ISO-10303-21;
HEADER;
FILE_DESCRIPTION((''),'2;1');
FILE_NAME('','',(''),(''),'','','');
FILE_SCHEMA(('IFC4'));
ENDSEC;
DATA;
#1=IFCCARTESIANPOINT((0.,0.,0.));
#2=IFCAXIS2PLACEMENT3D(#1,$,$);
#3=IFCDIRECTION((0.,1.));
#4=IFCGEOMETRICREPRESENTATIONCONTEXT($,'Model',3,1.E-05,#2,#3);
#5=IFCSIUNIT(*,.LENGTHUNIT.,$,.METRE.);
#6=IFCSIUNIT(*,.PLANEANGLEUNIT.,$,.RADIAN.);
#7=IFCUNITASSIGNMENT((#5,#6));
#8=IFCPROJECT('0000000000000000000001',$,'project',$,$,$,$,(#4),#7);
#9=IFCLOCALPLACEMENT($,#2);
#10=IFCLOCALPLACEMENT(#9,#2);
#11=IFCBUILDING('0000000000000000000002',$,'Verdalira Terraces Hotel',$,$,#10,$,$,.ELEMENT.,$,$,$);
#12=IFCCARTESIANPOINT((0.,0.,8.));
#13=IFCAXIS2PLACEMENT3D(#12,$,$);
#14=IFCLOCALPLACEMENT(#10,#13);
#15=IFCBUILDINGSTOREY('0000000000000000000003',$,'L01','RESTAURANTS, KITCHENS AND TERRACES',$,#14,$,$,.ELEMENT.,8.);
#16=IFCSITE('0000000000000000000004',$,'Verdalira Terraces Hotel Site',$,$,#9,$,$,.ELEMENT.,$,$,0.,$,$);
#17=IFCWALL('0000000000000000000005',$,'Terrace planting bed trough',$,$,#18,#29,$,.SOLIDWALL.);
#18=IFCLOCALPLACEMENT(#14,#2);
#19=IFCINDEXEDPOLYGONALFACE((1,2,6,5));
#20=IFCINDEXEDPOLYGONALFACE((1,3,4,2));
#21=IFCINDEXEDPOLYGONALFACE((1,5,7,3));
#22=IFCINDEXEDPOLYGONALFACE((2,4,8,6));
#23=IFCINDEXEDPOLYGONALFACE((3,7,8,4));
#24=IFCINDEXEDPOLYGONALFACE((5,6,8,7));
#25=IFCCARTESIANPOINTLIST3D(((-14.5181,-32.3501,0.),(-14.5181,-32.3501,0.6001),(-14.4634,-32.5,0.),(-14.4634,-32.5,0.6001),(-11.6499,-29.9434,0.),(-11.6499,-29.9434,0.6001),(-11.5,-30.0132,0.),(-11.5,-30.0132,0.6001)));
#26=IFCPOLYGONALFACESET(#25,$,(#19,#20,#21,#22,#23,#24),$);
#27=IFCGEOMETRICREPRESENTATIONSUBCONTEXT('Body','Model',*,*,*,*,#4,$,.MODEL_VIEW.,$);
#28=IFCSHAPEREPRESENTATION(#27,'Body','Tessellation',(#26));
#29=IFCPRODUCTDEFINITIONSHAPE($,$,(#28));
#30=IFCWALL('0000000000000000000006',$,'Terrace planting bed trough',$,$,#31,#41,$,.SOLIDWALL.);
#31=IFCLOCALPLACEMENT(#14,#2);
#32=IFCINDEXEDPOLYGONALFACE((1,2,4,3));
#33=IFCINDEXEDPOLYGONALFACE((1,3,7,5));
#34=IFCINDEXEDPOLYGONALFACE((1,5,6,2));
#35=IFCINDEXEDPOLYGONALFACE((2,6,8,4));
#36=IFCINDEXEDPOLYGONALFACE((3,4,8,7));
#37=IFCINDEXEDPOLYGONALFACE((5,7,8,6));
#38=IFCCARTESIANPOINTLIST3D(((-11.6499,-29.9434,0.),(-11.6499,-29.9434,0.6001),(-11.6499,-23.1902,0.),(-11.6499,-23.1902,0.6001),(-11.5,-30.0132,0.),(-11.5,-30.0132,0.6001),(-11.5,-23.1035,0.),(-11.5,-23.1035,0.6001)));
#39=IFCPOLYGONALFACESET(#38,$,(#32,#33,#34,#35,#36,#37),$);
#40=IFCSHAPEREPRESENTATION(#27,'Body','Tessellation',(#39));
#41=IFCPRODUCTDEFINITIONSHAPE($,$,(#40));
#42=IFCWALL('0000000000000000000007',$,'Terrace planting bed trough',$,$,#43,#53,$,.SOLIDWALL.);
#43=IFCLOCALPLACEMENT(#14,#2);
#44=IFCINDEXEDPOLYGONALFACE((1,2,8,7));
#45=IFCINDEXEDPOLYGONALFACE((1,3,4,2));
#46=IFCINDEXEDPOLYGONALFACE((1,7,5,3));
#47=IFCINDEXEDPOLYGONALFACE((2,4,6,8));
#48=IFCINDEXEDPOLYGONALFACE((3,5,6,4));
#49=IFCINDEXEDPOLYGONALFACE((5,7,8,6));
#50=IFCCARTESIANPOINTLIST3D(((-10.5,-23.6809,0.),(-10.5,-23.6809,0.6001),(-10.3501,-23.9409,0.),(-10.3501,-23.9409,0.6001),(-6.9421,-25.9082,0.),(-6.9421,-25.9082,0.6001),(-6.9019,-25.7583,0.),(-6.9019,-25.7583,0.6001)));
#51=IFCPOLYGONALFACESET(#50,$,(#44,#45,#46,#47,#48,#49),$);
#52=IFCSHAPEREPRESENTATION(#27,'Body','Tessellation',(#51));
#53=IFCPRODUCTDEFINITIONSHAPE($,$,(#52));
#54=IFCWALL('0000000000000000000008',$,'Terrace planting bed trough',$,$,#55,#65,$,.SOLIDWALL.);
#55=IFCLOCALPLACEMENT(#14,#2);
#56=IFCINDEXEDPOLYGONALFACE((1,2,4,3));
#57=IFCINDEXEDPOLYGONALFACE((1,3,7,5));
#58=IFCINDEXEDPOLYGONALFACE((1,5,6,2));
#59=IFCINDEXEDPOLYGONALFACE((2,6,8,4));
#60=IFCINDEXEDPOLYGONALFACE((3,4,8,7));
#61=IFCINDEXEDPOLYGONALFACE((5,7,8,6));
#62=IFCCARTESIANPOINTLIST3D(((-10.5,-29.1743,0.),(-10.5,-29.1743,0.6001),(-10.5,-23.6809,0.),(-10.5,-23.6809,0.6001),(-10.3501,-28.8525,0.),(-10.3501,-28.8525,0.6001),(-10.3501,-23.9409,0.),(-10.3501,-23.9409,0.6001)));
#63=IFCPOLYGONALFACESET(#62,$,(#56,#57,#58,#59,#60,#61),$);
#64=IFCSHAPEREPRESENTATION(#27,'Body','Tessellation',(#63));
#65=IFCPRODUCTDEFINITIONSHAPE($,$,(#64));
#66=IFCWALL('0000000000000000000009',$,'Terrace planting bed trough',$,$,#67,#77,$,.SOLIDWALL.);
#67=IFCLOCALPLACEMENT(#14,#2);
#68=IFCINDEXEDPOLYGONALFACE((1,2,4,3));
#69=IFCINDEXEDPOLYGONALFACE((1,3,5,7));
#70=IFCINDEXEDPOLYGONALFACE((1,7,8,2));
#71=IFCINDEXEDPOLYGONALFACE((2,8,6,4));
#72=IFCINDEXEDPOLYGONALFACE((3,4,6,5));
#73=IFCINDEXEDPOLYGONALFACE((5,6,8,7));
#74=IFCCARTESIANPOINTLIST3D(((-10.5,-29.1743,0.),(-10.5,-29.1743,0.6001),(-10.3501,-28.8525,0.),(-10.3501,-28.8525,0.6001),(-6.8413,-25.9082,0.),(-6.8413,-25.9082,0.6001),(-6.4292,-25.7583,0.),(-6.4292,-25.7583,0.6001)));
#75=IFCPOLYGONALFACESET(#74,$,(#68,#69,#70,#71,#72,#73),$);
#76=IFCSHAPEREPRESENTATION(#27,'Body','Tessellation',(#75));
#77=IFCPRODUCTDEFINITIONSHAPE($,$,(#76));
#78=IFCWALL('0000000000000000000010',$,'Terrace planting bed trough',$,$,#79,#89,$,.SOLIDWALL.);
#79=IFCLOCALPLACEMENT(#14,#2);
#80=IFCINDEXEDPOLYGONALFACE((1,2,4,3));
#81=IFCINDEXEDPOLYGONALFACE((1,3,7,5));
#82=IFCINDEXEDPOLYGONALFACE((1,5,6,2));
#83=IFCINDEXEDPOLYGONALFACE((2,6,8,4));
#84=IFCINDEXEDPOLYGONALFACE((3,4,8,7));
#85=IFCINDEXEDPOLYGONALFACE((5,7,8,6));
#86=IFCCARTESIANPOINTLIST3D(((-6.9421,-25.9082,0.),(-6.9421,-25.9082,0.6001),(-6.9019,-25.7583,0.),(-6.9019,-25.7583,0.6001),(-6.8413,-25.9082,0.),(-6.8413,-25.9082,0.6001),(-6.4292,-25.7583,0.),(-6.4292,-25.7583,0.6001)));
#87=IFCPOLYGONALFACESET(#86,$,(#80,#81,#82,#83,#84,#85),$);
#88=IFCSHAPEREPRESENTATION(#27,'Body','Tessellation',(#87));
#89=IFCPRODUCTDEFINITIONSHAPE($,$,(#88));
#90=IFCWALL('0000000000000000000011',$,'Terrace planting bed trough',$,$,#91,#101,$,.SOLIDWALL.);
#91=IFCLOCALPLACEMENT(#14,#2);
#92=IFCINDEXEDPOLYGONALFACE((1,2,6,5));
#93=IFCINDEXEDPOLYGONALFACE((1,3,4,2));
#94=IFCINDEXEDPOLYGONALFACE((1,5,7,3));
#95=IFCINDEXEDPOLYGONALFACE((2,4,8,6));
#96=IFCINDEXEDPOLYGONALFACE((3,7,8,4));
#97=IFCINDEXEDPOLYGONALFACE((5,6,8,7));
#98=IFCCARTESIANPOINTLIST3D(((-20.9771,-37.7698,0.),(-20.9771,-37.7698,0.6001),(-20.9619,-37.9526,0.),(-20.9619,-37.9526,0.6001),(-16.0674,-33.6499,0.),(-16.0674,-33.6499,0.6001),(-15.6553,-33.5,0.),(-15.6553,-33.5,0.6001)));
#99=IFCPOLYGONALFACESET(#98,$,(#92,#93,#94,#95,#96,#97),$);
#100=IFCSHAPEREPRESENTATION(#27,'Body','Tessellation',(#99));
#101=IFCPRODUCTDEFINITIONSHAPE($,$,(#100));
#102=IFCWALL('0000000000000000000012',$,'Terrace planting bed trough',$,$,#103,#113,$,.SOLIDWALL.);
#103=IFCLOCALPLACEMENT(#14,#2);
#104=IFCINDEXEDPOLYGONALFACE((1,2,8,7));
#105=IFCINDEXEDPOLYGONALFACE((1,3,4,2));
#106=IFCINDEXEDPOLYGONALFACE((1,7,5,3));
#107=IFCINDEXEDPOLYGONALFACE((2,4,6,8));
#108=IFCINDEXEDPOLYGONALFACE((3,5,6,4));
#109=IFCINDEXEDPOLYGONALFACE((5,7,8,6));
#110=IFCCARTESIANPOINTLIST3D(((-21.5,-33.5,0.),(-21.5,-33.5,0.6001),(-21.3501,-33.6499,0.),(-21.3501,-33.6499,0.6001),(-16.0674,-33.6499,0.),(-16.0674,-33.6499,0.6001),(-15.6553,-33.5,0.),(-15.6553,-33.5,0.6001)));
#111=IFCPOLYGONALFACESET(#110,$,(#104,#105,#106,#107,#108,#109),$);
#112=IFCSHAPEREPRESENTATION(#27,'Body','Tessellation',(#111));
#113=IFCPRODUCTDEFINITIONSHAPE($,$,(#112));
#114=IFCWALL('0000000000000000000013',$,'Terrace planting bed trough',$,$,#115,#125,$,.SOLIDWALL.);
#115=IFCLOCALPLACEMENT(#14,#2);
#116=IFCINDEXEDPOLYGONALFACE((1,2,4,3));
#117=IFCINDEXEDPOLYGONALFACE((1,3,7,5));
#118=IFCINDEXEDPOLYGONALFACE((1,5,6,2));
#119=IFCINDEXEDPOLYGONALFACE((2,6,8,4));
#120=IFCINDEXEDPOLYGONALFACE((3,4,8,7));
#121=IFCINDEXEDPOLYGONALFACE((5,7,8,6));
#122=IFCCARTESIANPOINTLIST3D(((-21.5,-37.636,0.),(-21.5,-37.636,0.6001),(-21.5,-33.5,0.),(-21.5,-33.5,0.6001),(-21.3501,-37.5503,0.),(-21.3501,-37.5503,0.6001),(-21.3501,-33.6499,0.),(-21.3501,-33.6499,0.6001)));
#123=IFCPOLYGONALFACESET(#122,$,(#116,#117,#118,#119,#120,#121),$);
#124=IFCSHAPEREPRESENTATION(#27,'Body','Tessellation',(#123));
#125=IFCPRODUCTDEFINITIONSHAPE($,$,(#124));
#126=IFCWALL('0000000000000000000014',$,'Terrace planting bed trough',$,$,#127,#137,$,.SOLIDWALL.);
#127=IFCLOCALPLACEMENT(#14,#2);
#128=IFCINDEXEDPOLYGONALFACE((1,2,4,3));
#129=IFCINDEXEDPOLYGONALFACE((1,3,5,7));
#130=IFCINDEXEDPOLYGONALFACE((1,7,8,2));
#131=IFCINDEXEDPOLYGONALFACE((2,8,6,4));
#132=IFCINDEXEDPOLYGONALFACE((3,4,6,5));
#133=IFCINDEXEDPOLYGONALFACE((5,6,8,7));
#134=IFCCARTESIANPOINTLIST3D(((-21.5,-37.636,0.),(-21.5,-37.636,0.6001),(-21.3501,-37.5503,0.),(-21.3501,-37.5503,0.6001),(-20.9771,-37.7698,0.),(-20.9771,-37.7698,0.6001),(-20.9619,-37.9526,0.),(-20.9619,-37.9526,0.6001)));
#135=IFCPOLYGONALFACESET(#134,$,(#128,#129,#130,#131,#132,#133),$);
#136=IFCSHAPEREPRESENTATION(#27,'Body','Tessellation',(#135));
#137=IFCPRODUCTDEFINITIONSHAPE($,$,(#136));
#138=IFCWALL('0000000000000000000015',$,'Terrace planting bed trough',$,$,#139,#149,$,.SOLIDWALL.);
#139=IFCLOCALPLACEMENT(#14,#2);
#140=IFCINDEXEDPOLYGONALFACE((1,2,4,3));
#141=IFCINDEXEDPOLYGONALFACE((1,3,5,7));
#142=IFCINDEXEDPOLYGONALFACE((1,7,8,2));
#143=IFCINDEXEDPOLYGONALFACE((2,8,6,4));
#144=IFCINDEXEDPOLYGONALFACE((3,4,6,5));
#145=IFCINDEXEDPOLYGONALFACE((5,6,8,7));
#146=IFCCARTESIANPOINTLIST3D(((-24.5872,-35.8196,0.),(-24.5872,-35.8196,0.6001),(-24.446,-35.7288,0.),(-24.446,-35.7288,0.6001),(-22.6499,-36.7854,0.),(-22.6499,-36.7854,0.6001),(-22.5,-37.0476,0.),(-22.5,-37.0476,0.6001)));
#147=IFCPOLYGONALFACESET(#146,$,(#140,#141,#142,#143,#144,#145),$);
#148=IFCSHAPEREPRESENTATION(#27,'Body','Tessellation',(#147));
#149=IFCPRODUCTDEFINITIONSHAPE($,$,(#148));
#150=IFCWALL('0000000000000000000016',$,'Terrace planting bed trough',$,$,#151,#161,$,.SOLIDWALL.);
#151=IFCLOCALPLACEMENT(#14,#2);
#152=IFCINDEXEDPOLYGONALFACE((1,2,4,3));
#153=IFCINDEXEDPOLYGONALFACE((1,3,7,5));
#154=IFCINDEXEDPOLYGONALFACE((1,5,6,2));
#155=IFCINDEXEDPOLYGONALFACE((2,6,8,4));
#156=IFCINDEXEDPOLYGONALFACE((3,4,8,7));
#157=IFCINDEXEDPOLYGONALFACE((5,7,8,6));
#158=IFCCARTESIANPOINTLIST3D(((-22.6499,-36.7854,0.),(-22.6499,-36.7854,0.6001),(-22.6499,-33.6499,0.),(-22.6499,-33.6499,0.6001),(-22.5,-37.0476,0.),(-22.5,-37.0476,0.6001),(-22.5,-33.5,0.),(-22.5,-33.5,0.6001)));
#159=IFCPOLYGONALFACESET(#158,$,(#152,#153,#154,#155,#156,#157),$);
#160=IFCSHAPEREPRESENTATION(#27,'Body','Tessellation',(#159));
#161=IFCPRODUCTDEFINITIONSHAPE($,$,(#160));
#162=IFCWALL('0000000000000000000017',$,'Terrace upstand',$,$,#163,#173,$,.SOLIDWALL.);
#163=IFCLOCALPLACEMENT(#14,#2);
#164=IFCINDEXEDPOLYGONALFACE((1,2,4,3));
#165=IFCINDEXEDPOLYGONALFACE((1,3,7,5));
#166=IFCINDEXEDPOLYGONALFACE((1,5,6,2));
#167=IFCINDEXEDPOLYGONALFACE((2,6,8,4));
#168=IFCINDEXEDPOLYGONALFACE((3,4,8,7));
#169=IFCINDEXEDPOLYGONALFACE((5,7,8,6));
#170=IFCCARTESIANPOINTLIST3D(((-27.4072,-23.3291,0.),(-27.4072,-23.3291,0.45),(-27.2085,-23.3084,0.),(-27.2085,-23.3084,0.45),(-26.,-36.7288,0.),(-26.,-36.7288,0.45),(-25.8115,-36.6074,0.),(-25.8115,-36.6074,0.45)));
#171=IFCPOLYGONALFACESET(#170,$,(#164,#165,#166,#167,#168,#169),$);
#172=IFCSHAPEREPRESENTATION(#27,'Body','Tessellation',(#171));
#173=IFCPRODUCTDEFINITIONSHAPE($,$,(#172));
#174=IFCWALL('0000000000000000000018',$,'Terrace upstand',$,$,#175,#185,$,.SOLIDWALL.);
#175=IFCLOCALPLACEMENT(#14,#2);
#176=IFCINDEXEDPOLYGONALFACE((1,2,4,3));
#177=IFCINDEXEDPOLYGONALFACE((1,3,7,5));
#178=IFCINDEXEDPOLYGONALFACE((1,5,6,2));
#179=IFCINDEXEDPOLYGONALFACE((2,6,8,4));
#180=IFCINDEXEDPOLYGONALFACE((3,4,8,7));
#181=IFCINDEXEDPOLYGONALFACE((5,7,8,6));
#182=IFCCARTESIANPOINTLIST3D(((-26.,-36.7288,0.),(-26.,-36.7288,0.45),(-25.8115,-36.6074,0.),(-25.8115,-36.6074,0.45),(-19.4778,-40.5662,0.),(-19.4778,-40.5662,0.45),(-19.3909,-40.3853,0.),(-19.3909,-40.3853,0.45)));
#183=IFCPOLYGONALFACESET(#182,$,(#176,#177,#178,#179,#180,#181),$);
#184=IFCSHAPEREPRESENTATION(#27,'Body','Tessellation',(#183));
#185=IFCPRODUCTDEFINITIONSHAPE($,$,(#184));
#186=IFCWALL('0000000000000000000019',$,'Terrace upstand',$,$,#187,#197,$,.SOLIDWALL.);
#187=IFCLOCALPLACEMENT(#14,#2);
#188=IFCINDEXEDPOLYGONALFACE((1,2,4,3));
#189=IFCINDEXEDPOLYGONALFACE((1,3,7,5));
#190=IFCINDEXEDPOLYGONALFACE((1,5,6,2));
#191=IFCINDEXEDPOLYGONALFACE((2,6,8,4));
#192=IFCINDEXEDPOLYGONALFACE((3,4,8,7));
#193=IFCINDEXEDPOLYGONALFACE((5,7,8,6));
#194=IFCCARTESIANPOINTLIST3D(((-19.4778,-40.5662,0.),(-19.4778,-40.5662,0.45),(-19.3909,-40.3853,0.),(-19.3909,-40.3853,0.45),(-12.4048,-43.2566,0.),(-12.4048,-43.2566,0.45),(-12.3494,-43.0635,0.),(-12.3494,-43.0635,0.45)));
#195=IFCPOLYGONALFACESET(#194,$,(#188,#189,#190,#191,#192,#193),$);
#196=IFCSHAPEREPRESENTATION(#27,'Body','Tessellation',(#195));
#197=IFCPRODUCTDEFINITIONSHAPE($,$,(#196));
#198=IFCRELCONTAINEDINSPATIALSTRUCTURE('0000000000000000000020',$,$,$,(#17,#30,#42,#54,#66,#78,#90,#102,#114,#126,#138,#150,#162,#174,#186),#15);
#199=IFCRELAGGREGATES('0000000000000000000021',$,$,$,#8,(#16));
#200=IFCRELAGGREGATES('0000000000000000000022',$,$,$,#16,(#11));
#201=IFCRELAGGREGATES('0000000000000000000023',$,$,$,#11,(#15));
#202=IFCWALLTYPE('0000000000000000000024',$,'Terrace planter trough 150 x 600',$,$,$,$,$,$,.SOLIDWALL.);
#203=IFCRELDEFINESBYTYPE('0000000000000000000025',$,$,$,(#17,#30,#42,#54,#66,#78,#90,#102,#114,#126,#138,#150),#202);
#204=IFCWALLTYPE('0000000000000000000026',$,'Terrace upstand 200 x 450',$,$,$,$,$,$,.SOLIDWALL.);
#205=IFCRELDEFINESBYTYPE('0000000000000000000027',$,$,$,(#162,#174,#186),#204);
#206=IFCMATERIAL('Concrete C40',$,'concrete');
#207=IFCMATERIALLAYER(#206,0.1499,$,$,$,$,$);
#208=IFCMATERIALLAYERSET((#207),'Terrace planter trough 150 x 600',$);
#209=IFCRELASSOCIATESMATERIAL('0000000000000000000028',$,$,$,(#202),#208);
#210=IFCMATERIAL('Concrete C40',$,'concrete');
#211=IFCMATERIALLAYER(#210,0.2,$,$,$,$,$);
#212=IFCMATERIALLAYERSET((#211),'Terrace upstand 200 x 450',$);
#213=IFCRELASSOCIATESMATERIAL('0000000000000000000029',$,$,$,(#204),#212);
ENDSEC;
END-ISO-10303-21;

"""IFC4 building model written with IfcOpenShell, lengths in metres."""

from ifc_helpers import new_model, si_unit, direction, frame, origin, place, context, subcontext, project, spatial, polyline, outline, extrude, material, layer, layer_set, type_object, element, save


model = new_model("IFC4")

# Units and contexts
model_context = context("Model", 3, precision=1e-05, world=origin(), true_north=direction((0.0, 1.0)))
body_context = subcontext(model_context, "Body", "Model", "MODEL_VIEW")
ifc_project = project(units=[si_unit("LENGTHUNIT", "METRE"), si_unit("PLANEANGLEUNIT", "RADIAN")], contexts=[model_context])

# Site, building, storey
site_placement = place(None, origin())
site = spatial("IfcSite", under=ifc_project, at=site_placement, Name="Verdalira Terraces Hotel Site", CompositionType="ELEMENT", RefElevation=0.0)
building_placement = place(site_placement, origin())
building = spatial("IfcBuilding", under=site, at=building_placement, Name="Verdalira Terraces Hotel", CompositionType="ELEMENT")
storey_placement = place(building_placement, frame((0.0, 0.0, 8.0)))
storey = spatial("IfcBuildingStorey", under=building, at=storey_placement, Name="L01", Description="RESTAURANTS, KITCHENS AND TERRACES", CompositionType="ELEMENT", Elevation=8.0)

# Walls
ifc_material_1 = material(Name="Concrete C40", Category="concrete")
ifc_layer_1 = layer(ifc_material_1, 0.1499)
ifc_layer_set_1 = layer_set([ifc_layer_1], Name="Terrace planter trough 150 x 600")
wall_type_1 = type_object("IfcWallType", Name="Terrace planter trough 150 x 600", PredefinedType="SOLIDWALL", material=ifc_layer_set_1)
wall_1_placement = place(storey_placement, origin())
element("IfcWall", 1, at=wall_1_placement, inside=storey, type_object=wall_type_1, Name="Terrace planting bed trough", PredefinedType="SOLIDWALL", context=body_context, shape_type="SweptSolid", body=[
    extrude(outline(polyline([(-14.4634, -32.5), (-11.5, -30.0132), (-11.6499, -29.9434), (-14.5181, -32.3501), (-14.4634, -32.5)])), origin(), (0.0, 0.0, 1.0), 0.6001),
])
wall_2_placement = place(storey_placement, origin())
element("IfcWall", 2, at=wall_2_placement, inside=storey, type_object=wall_type_1, Name="Terrace planting bed trough", PredefinedType="SOLIDWALL", context=body_context, shape_type="SweptSolid", body=[
    extrude(outline(polyline([(-11.5, -30.0132), (-11.5, -23.1035), (-11.6499, -23.1902), (-11.6499, -29.9434), (-11.5, -30.0132)])), origin(), (0.0, 0.0, 1.0), 0.6001),
])
wall_3_placement = place(storey_placement, origin())
element("IfcWall", 3, at=wall_3_placement, inside=storey, type_object=wall_type_1, Name="Terrace planting bed trough", PredefinedType="SOLIDWALL", context=body_context, shape_type="SweptSolid", body=[
    extrude(outline(polyline([(-6.9019, -25.7583), (-10.5, -23.6809), (-10.3501, -23.9409), (-6.9421, -25.9082), (-6.9019, -25.7583)])), origin(), (0.0, 0.0, 1.0), 0.6001),
])
wall_4_placement = place(storey_placement, origin())
element("IfcWall", 4, at=wall_4_placement, inside=storey, type_object=wall_type_1, Name="Terrace planting bed trough", PredefinedType="SOLIDWALL", context=body_context, shape_type="SweptSolid", body=[
    extrude(outline(polyline([(-10.5, -23.6809), (-10.5, -29.1743), (-10.3501, -28.8525), (-10.3501, -23.9409), (-10.5, -23.6809)])), origin(), (0.0, 0.0, 1.0), 0.6001),
])
wall_5_placement = place(storey_placement, origin())
element("IfcWall", 5, at=wall_5_placement, inside=storey, type_object=wall_type_1, Name="Terrace planting bed trough", PredefinedType="SOLIDWALL", context=body_context, shape_type="SweptSolid", body=[
    extrude(outline(polyline([(-10.5, -29.1743), (-6.4292, -25.7583), (-6.8413, -25.9082), (-10.3501, -28.8525), (-10.5, -29.1743)])), origin(), (0.0, 0.0, 1.0), 0.6001),
])
wall_6_placement = place(storey_placement, origin())
element("IfcWall", 6, at=wall_6_placement, inside=storey, type_object=wall_type_1, Name="Terrace planting bed trough", PredefinedType="SOLIDWALL", context=body_context, shape_type="SweptSolid", body=[
    extrude(outline(polyline([(-6.4292, -25.7583), (-6.9019, -25.7583), (-6.9421, -25.9082), (-6.8413, -25.9082), (-6.4292, -25.7583)])), origin(), (0.0, 0.0, 1.0), 0.6001),
])
wall_7_placement = place(storey_placement, origin())
element("IfcWall", 7, at=wall_7_placement, inside=storey, type_object=wall_type_1, Name="Terrace planting bed trough", PredefinedType="SOLIDWALL", context=body_context, shape_type="SweptSolid", body=[
    extrude(outline(polyline([(-20.9619, -37.9526), (-15.6553, -33.5), (-16.0674, -33.6499), (-20.9771, -37.7698), (-20.9619, -37.9526)])), origin(), (0.0, 0.0, 1.0), 0.6001),
])
wall_8_placement = place(storey_placement, origin())
element("IfcWall", 8, at=wall_8_placement, inside=storey, type_object=wall_type_1, Name="Terrace planting bed trough", PredefinedType="SOLIDWALL", context=body_context, shape_type="SweptSolid", body=[
    extrude(outline(polyline([(-15.6553, -33.5), (-21.5, -33.5), (-21.3501, -33.6499), (-16.0674, -33.6499), (-15.6553, -33.5)])), origin(), (0.0, 0.0, 1.0), 0.6001),
])
wall_9_placement = place(storey_placement, origin())
element("IfcWall", 9, at=wall_9_placement, inside=storey, type_object=wall_type_1, Name="Terrace planting bed trough", PredefinedType="SOLIDWALL", context=body_context, shape_type="SweptSolid", body=[
    extrude(outline(polyline([(-21.5, -33.5), (-21.5, -37.636), (-21.3501, -37.5503), (-21.3501, -33.6499), (-21.5, -33.5)])), origin(), (0.0, 0.0, 1.0), 0.6001),
])
wall_10_placement = place(storey_placement, origin())
element("IfcWall", 10, at=wall_10_placement, inside=storey, type_object=wall_type_1, Name="Terrace planting bed trough", PredefinedType="SOLIDWALL", context=body_context, shape_type="SweptSolid", body=[
    extrude(outline(polyline([(-21.5, -37.636), (-20.9619, -37.9526), (-20.9771, -37.7698), (-21.3501, -37.5503), (-21.5, -37.636)])), origin(), (0.0, 0.0, 1.0), 0.6001),
])
wall_11_placement = place(storey_placement, origin())
element("IfcWall", 11, at=wall_11_placement, inside=storey, type_object=wall_type_1, Name="Terrace planting bed trough", PredefinedType="SOLIDWALL", context=body_context, shape_type="SweptSolid", body=[
    extrude(outline(polyline([(-24.5872, -35.8196), (-22.5, -37.0476), (-22.6499, -36.7854), (-24.446, -35.7288), (-24.5872, -35.8196)])), origin(), (0.0, 0.0, 1.0), 0.6001),
])
wall_12_placement = place(storey_placement, origin())
element("IfcWall", 12, at=wall_12_placement, inside=storey, type_object=wall_type_1, Name="Terrace planting bed trough", PredefinedType="SOLIDWALL", context=body_context, shape_type="SweptSolid", body=[
    extrude(outline(polyline([(-22.5, -37.0476), (-22.5, -33.5), (-22.6499, -33.6499), (-22.6499, -36.7854), (-22.5, -37.0476)])), origin(), (0.0, 0.0, 1.0), 0.6001),
])
ifc_material_2 = material(Name="Concrete C40", Category="concrete")
ifc_layer_2 = layer(ifc_material_2, 0.2)
ifc_layer_set_2 = layer_set([ifc_layer_2], Name="Terrace upstand 200 x 450")
wall_type_2 = type_object("IfcWallType", Name="Terrace upstand 200 x 450", PredefinedType="SOLIDWALL", material=ifc_layer_set_2)
wall_13_placement = place(storey_placement, origin())
element("IfcWall", 13, at=wall_13_placement, inside=storey, type_object=wall_type_2, Name="Terrace upstand", PredefinedType="SOLIDWALL", context=body_context, shape_type="SweptSolid", body=[
    extrude(outline(polyline([(-27.2085, -23.3084), (-27.4072, -23.3291), (-26.0, -36.7288), (-25.8115, -36.6074), (-27.2085, -23.3084)])), origin(), (0.0, 0.0, 1.0), 0.45),
])
wall_14_placement = place(storey_placement, origin())
element("IfcWall", 14, at=wall_14_placement, inside=storey, type_object=wall_type_2, Name="Terrace upstand", PredefinedType="SOLIDWALL", context=body_context, shape_type="SweptSolid", body=[
    extrude(outline(polyline([(-25.8115, -36.6074), (-26.0, -36.7288), (-19.4778, -40.5662), (-19.3909, -40.3853), (-25.8115, -36.6074)])), origin(), (0.0, 0.0, 1.0), 0.45),
])
wall_15_placement = place(storey_placement, origin())
element("IfcWall", 15, at=wall_15_placement, inside=storey, type_object=wall_type_2, Name="Terrace upstand", PredefinedType="SOLIDWALL", context=body_context, shape_type="SweptSolid", body=[
    extrude(outline(polyline([(-19.3909, -40.3853), (-19.4778, -40.5662), (-12.4048, -43.2566), (-12.3494, -43.0635), (-19.3909, -40.3853)])), origin(), (0.0, 0.0, 1.0), 0.45),
])

save(model, "model.ifc")
